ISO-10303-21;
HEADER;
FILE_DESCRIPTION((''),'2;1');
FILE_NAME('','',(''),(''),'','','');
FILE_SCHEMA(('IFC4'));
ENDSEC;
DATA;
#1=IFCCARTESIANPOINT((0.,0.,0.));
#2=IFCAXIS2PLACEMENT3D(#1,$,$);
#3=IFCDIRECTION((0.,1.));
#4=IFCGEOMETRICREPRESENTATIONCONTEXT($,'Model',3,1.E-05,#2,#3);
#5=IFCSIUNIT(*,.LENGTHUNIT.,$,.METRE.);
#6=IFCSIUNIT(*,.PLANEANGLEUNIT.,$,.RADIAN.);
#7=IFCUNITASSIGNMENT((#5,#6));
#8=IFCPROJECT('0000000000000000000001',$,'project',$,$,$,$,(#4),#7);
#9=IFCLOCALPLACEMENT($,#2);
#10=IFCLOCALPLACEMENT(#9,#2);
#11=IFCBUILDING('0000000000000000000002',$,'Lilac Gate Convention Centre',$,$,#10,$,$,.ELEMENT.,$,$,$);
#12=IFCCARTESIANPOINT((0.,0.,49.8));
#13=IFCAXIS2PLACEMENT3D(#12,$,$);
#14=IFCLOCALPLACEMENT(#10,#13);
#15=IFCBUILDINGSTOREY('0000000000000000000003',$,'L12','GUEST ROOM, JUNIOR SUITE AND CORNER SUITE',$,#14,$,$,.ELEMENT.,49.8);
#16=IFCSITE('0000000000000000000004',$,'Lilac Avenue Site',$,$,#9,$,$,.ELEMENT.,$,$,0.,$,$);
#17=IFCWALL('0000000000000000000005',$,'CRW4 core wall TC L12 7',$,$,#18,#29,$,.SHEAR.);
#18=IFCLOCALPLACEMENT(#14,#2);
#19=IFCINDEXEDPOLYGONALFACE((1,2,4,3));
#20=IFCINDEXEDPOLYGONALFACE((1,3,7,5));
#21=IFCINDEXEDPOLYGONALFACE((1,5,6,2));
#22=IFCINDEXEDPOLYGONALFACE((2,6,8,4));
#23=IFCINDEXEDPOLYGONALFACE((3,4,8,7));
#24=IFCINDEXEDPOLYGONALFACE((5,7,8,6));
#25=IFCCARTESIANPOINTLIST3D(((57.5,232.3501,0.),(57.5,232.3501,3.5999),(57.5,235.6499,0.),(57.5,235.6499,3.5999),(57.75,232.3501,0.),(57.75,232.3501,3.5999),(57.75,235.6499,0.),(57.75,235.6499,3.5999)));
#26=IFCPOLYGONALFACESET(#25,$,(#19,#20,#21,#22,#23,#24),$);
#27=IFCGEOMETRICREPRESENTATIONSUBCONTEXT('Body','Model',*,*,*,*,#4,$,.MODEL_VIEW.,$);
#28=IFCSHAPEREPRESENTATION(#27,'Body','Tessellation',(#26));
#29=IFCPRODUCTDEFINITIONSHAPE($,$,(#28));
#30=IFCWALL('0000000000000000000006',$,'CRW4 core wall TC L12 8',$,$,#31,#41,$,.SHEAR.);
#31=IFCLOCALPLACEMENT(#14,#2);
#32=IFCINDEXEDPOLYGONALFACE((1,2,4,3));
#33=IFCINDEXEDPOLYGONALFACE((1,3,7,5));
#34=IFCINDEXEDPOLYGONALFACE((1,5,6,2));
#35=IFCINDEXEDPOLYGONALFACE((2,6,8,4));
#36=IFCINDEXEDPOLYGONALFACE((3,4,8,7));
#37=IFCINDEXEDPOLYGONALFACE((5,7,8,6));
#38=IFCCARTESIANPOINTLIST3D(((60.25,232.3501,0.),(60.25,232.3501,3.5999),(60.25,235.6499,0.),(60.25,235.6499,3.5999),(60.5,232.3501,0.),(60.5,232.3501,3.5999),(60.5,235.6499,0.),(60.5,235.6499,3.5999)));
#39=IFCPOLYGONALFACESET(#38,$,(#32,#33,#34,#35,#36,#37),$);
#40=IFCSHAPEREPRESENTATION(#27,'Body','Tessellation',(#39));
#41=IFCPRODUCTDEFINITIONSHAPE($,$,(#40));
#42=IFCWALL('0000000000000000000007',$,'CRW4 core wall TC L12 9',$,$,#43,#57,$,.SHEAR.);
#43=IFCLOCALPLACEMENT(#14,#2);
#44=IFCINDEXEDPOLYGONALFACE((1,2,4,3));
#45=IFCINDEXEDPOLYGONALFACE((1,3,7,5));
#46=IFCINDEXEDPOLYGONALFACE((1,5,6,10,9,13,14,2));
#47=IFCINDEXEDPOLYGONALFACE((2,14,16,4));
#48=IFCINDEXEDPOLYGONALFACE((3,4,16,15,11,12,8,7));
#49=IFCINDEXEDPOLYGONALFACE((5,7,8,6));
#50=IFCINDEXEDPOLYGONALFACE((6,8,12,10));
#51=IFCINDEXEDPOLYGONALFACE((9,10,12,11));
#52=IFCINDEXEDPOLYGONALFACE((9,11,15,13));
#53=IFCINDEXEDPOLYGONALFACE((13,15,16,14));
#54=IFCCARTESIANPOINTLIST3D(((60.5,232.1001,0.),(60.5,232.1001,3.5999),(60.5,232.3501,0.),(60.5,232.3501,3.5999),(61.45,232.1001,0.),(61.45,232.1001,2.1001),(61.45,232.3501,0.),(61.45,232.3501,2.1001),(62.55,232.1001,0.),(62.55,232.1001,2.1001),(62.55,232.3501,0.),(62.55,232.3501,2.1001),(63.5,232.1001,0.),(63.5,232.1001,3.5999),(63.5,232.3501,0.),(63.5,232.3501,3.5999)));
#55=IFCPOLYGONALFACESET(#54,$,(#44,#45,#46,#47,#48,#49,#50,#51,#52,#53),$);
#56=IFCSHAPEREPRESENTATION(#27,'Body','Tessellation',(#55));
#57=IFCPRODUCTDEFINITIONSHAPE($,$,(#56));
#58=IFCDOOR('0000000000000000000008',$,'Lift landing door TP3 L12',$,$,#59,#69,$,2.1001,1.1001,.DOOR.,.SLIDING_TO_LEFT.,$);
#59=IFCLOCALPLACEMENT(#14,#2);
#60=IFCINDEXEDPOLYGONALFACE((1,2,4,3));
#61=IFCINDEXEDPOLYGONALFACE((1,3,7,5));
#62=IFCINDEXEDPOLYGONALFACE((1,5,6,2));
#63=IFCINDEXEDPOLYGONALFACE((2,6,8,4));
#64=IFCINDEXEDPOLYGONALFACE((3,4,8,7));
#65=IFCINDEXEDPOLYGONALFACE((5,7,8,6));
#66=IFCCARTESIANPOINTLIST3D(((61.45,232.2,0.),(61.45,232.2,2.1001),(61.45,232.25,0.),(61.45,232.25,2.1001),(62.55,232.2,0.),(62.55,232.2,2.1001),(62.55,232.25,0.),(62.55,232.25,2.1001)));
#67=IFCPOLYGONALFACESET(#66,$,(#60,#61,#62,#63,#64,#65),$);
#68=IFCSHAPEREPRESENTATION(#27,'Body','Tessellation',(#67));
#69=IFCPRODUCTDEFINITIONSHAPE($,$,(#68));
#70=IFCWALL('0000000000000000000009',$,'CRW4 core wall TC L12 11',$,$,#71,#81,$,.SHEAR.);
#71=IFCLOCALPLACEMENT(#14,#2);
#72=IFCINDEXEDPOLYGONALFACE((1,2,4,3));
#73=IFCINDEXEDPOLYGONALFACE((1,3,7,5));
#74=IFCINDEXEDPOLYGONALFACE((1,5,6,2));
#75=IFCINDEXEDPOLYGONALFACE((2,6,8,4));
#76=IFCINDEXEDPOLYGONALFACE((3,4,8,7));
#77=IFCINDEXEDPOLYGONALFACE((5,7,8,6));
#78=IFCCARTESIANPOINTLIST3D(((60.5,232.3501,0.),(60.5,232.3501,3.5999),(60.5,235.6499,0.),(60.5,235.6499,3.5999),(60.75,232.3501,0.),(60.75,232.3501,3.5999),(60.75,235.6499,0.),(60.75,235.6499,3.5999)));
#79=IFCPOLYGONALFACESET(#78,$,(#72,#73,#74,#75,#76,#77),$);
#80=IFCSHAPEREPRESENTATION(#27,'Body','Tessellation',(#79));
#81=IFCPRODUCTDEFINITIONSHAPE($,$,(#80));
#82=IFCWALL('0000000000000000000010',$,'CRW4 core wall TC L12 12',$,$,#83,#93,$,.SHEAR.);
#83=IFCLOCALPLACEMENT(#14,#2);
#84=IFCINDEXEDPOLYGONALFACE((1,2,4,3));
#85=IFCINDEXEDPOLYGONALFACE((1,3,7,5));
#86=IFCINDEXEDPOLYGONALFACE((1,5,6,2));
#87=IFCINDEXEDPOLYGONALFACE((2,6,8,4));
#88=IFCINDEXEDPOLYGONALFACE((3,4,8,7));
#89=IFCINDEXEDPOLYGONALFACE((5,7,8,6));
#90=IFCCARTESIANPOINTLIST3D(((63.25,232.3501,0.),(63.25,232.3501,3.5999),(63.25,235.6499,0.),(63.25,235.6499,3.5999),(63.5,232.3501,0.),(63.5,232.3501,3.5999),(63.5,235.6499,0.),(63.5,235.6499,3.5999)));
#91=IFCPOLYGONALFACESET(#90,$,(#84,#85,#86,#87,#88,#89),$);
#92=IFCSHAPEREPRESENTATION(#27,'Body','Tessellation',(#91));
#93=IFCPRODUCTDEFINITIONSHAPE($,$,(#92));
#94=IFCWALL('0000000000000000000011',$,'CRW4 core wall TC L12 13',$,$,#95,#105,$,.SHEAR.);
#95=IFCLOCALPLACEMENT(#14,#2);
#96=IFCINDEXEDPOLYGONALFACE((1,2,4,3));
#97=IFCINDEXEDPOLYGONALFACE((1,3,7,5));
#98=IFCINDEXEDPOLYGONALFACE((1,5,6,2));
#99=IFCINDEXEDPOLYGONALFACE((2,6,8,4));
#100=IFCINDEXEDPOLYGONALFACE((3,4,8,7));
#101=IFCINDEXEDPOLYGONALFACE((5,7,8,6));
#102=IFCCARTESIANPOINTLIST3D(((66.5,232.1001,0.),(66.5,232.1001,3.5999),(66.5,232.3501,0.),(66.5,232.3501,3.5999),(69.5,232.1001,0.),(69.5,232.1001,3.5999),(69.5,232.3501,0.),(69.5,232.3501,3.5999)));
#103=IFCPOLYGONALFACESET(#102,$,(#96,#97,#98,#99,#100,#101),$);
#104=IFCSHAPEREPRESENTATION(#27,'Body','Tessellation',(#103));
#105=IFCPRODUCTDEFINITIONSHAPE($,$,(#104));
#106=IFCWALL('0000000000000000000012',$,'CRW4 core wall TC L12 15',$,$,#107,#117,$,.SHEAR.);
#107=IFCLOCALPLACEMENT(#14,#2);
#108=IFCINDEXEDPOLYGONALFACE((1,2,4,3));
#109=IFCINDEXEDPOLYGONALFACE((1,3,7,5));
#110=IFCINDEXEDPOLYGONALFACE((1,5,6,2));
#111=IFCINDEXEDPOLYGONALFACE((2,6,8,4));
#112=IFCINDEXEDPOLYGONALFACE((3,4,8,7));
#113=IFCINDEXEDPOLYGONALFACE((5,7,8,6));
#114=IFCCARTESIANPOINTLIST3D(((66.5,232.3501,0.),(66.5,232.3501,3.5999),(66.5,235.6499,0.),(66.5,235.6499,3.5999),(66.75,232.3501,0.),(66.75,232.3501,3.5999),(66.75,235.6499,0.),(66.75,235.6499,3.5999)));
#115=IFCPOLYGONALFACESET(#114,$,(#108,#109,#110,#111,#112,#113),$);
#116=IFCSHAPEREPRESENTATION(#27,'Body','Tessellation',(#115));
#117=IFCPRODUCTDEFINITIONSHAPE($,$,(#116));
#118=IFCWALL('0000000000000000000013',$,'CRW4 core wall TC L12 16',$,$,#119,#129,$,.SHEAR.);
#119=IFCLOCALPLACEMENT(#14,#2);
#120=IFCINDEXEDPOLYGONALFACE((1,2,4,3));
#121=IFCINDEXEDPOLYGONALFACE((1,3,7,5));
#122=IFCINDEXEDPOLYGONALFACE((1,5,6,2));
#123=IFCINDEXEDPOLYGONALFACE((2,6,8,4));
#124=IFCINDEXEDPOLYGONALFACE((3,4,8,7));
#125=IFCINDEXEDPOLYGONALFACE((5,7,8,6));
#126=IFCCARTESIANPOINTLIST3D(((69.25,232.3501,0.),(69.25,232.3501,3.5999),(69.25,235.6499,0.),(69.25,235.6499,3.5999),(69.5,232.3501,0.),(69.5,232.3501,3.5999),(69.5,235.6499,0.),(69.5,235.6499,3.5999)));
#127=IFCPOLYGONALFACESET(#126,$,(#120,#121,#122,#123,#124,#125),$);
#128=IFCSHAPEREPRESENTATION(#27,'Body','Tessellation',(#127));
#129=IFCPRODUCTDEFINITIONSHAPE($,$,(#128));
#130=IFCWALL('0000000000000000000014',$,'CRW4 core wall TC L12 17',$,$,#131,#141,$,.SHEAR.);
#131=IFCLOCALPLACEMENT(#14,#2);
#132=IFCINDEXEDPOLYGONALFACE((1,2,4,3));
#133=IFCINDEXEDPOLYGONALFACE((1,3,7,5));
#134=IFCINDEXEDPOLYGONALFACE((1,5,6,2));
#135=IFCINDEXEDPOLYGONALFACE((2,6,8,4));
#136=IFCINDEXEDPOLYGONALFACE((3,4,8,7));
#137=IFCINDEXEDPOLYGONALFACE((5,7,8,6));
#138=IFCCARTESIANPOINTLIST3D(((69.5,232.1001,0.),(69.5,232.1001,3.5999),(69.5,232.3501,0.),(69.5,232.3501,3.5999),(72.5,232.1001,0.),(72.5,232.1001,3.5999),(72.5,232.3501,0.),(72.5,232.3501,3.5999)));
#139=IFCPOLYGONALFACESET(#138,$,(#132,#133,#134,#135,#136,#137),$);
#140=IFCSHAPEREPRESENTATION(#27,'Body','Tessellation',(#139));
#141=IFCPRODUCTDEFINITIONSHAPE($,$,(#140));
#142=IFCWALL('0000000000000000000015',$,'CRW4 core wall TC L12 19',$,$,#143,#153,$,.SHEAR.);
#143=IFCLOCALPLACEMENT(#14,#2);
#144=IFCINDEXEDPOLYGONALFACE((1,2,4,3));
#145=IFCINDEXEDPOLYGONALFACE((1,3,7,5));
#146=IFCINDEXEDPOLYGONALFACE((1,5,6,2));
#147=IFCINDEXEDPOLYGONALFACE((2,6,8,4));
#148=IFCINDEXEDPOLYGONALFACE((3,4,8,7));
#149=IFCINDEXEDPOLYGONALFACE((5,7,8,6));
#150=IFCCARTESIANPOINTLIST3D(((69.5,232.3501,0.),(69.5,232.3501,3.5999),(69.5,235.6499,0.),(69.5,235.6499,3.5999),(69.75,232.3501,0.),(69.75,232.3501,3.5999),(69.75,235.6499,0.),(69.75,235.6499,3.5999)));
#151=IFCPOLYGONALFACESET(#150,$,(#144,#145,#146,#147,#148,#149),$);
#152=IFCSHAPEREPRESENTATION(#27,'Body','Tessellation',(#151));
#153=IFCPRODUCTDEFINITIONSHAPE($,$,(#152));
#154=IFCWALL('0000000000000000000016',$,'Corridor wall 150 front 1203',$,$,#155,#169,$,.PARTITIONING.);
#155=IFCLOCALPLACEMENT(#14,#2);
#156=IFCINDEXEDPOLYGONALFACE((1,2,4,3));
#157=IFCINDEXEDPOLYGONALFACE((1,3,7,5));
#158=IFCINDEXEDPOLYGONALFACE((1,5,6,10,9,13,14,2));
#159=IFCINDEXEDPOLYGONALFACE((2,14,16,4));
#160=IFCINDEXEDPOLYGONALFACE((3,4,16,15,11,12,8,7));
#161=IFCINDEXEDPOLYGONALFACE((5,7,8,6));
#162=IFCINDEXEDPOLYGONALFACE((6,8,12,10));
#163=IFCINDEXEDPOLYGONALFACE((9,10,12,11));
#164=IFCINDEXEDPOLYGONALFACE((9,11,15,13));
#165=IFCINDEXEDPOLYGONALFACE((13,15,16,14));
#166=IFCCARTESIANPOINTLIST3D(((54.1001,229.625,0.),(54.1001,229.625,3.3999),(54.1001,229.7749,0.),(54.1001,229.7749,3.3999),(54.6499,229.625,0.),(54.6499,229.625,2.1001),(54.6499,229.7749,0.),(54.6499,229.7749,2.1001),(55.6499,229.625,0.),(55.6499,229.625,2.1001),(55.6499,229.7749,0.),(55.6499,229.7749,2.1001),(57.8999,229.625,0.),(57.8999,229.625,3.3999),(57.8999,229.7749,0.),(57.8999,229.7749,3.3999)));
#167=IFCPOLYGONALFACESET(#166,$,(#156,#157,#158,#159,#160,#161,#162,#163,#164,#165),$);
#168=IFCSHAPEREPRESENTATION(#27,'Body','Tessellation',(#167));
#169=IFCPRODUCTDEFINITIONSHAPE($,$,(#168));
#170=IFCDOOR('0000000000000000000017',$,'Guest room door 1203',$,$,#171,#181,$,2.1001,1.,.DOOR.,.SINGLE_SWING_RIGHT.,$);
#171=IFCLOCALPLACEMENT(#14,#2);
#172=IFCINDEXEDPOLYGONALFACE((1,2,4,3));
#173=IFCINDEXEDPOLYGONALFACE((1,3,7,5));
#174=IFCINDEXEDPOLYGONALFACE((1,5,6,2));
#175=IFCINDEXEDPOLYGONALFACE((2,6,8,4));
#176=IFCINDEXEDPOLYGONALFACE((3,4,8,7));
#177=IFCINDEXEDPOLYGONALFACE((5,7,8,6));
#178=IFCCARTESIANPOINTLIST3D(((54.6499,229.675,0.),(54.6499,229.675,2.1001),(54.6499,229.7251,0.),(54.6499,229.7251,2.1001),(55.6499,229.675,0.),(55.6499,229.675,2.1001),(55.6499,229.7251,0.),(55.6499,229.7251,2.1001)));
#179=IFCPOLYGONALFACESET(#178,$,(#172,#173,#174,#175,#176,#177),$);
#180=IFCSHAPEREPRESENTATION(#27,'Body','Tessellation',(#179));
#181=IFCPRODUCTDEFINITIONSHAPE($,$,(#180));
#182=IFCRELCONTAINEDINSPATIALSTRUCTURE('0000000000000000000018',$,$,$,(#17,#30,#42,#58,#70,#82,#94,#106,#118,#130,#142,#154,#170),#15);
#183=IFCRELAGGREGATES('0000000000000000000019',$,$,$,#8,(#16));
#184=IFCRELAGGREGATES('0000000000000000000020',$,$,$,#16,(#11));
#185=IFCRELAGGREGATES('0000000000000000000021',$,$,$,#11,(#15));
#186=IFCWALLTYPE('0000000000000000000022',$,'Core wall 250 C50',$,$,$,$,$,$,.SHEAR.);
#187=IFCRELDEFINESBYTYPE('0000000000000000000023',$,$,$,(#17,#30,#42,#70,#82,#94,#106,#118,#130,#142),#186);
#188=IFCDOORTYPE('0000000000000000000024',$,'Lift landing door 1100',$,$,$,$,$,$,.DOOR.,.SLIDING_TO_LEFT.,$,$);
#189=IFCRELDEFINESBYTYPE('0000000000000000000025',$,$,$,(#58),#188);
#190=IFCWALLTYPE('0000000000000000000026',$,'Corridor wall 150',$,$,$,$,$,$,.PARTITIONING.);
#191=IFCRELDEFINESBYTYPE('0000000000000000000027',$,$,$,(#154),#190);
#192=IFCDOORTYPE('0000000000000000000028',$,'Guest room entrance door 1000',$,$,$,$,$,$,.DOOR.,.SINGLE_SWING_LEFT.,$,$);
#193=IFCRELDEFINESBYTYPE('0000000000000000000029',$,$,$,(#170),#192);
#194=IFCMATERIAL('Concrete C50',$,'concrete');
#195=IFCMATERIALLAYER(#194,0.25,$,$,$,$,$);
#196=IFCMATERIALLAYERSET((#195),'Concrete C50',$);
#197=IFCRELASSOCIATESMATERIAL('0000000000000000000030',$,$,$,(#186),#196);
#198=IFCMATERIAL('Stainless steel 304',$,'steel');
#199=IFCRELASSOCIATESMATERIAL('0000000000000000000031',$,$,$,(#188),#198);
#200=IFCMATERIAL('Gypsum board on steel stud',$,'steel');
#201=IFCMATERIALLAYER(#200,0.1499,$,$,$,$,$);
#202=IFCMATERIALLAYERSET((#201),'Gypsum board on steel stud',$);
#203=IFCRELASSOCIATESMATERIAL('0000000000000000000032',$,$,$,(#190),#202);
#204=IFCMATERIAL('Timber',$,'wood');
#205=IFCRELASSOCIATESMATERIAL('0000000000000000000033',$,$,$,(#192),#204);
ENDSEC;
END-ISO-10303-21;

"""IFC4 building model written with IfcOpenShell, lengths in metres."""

from ifc_helpers import new_model, si_unit, direction, frame, frame_2d, origin, place, context, subcontext, project, spatial, rectangle, extrude, material, layer, layer_set, type_object, element, fill, save


model = new_model("IFC4")

# Units and contexts
model_context = context("Model", 3, precision=1e-05, world=origin(), true_north=direction((0.0, 1.0)))
body_context = subcontext(model_context, "Body", "Model", "MODEL_VIEW")
ifc_project = project(units=[si_unit("LENGTHUNIT", "METRE"), si_unit("PLANEANGLEUNIT", "RADIAN")], contexts=[model_context])

# Site, building, storey
site_placement = place(None, origin())
site = spatial("IfcSite", under=ifc_project, at=site_placement, Name="Lilac Avenue Site", CompositionType="ELEMENT", RefElevation=0.0)
building_placement = place(site_placement, origin())
building = spatial("IfcBuilding", under=site, at=building_placement, Name="Lilac Gate Convention Centre", CompositionType="ELEMENT")
storey_placement = place(building_placement, frame((0.0, 0.0, 49.8)))
storey = spatial("IfcBuildingStorey", under=building, at=storey_placement, Name="L12", Description="GUEST ROOM, JUNIOR SUITE AND CORNER SUITE", CompositionType="ELEMENT", Elevation=49.8)

# Walls
ifc_material_1 = material(Name="Concrete C50", Category="concrete")
ifc_layer_1 = layer(ifc_material_1, 0.25)
ifc_layer_set_1 = layer_set([ifc_layer_1], Name="Concrete C50")
wall_type_1 = type_object("IfcWallType", Name="Core wall 250 C50", PredefinedType="SHEAR", material=ifc_layer_set_1)
for number, where, z_axis, x_axis, name in (
    (1, (57.625, 232.3501, 0.0), (0.0, 0.0, 1.0), (0.0, 1.0, 0.0), "CRW4 core wall TC L12 7"),
    (2, (60.375, 232.3501, 0.0), (0.0, 0.0, 1.0), (0.0, 1.0, 0.0), "CRW4 core wall TC L12 8"),
):
    element("IfcWall", number, at=place(storey_placement, frame(where, z_axis=z_axis, x_axis=x_axis)), inside=storey, type_object=wall_type_1, Name=name, PredefinedType="SHEAR", context=body_context, shape_type="SweptSolid", body=[
        extrude(rectangle(XDim=3.2998, YDim=0.25, at=frame_2d((1.6499, 0.0))), origin(), (0.0, 0.0, 1.0), 3.5999),
    ])

# Wall, opening, door
wall_1_placement = place(storey_placement, frame((60.5, 232.2251, 0.0), z_axis=(0.0, 0.0, 1.0), x_axis=(1.0, 0.0, 0.0)))
wall_1 = element("IfcWall", 3, at=wall_1_placement, inside=storey, type_object=wall_type_1, Name="CRW4 core wall TC L12 9", PredefinedType="SHEAR", context=body_context, shape_type="SweptSolid", body=[
    extrude(rectangle(XDim=3.0, YDim=0.25, at=frame_2d((1.5, 0.0))), origin(), (0.0, 0.0, 1.0), 3.5999),
])
opening_1_placement = place(wall_1_placement, frame((0.95, 0.0, 0.0)))
opening_1 = element("IfcOpeningElement", 4, at=opening_1_placement, cuts=wall_1, PredefinedType="OPENING", context=body_context, shape_type="SweptSolid", body=[
    extrude(rectangle(XDim=1.1001, YDim=2.1001, at=frame_2d((0.55, 1.05))), frame((0.0, 0.135, 0.0), z_axis=(0.0, -1.0, 0.0), x_axis=(1.0, 0.0, 0.0)), (0.0, 0.0, 1.0), 0.27),
])
ifc_material_2 = material(Name="Stainless steel 304", Category="steel")
door_type_1 = type_object("IfcDoorType", Name="Lift landing door 1100", OperationType="SLIDING_TO_LEFT", PredefinedType="DOOR", material=ifc_material_2)
door_1_placement = place(opening_1_placement, origin())
door_1 = element("IfcDoor", 5, at=door_1_placement, inside=storey, type_object=door_type_1, Name="Lift landing door TP3 L12", OperationType="SLIDING_TO_LEFT", OverallHeight=2.1001, OverallWidth=1.1001, PredefinedType="DOOR", context=body_context, shape_type="SweptSolid", body=[
    extrude(rectangle(XDim=1.1001, YDim=2.1001, at=frame_2d((0.55, 1.05))), frame((0.0, 0.0249, 0.0), z_axis=(0.0, -1.0, 0.0), x_axis=(1.0, 0.0, 0.0)), (0.0, 0.0, 1.0), 0.05),
])
fill(opening_1, door_1)

# Walls
for number, where, z_axis, x_axis, name in (
    (6, (60.625, 232.3501, 0.0), (0.0, 0.0, 1.0), (0.0, 1.0, 0.0), "CRW4 core wall TC L12 11"),
    (7, (63.375, 232.3501, 0.0), (0.0, 0.0, 1.0), (0.0, 1.0, 0.0), "CRW4 core wall TC L12 12"),
):
    element("IfcWall", number, at=place(storey_placement, frame(where, z_axis=z_axis, x_axis=x_axis)), inside=storey, type_object=wall_type_1, Name=name, PredefinedType="SHEAR", context=body_context, shape_type="SweptSolid", body=[
        extrude(rectangle(XDim=3.2998, YDim=0.25, at=frame_2d((1.6499, 0.0))), origin(), (0.0, 0.0, 1.0), 3.5999),
    ])
wall_2_placement = place(storey_placement, frame((66.5, 232.2251, 0.0), z_axis=(0.0, 0.0, 1.0), x_axis=(1.0, 0.0, 0.0)))
element("IfcWall", 8, at=wall_2_placement, inside=storey, type_object=wall_type_1, Name="CRW4 core wall TC L12 13", PredefinedType="SHEAR", context=body_context, shape_type="SweptSolid", body=[
    extrude(rectangle(XDim=3.0, YDim=0.25, at=frame_2d((1.5, 0.0))), origin(), (0.0, 0.0, 1.0), 3.5999),
])
for number, where, z_axis, x_axis, name in (
    (9, (66.625, 232.3501, 0.0), (0.0, 0.0, 1.0), (0.0, 1.0, 0.0), "CRW4 core wall TC L12 15"),
    (10, (69.375, 232.3501, 0.0), (0.0, 0.0, 1.0), (0.0, 1.0, 0.0), "CRW4 core wall TC L12 16"),
):
    element("IfcWall", number, at=place(storey_placement, frame(where, z_axis=z_axis, x_axis=x_axis)), inside=storey, type_object=wall_type_1, Name=name, PredefinedType="SHEAR", context=body_context, shape_type="SweptSolid", body=[
        extrude(rectangle(XDim=3.2998, YDim=0.25, at=frame_2d((1.6499, 0.0))), origin(), (0.0, 0.0, 1.0), 3.5999),
    ])
wall_3_placement = place(storey_placement, frame((69.5, 232.2251, 0.0), z_axis=(0.0, 0.0, 1.0), x_axis=(1.0, 0.0, 0.0)))
element("IfcWall", 11, at=wall_3_placement, inside=storey, type_object=wall_type_1, Name="CRW4 core wall TC L12 17", PredefinedType="SHEAR", context=body_context, shape_type="SweptSolid", body=[
    extrude(rectangle(XDim=3.0, YDim=0.25, at=frame_2d((1.5, 0.0))), origin(), (0.0, 0.0, 1.0), 3.5999),
])
wall_4_placement = place(storey_placement, frame((69.625, 232.3501, 0.0), z_axis=(0.0, 0.0, 1.0), x_axis=(0.0, 1.0, 0.0)))
element("IfcWall", 12, at=wall_4_placement, inside=storey, type_object=wall_type_1, Name="CRW4 core wall TC L12 19", PredefinedType="SHEAR", context=body_context, shape_type="SweptSolid", body=[
    extrude(rectangle(XDim=3.2998, YDim=0.25, at=frame_2d((1.6499, 0.0))), origin(), (0.0, 0.0, 1.0), 3.5999),
])

# Wall, opening, door
ifc_material_3 = material(Name="Gypsum board on steel stud", Category="steel")
ifc_layer_2 = layer(ifc_material_3, 0.1499)
ifc_layer_set_2 = layer_set([ifc_layer_2], Name="Gypsum board on steel stud")
wall_type_2 = type_object("IfcWallType", Name="Corridor wall 150", PredefinedType="PARTITIONING", material=ifc_layer_set_2)
wall_5_placement = place(storey_placement, frame((57.8999, 229.7, 0.0), z_axis=(0.0, 0.0, 1.0), x_axis=(-1.0, 0.0, 0.0)))
wall_5 = element("IfcWall", 13, at=wall_5_placement, inside=storey, type_object=wall_type_2, Name="Corridor wall 150 front 1203", PredefinedType="PARTITIONING", context=body_context, shape_type="SweptSolid", body=[
    extrude(rectangle(XDim=3.7998, YDim=0.1499, at=frame_2d((1.8999, 0.0))), origin(), (0.0, 0.0, 1.0), 3.3999),
])
opening_2_placement = place(wall_5_placement, frame((2.25, 0.0, 0.0)))
opening_2 = element("IfcOpeningElement", 14, at=opening_2_placement, cuts=wall_5, PredefinedType="OPENING", context=body_context, shape_type="SweptSolid", body=[
    extrude(rectangle(XDim=1.0, YDim=2.1001, at=frame_2d((0.5, 1.05))), frame((0.0, 0.085, 0.0), z_axis=(0.0, -1.0, 0.0), x_axis=(1.0, 0.0, 0.0)), (0.0, 0.0, 1.0), 0.1699),
])
ifc_material_4 = material(Name="Timber", Category="wood")
door_type_2 = type_object("IfcDoorType", Name="Guest room entrance door 1000", OperationType="SINGLE_SWING_LEFT", PredefinedType="DOOR", material=ifc_material_4)
door_2_placement = place(opening_2_placement, origin())
door_2 = element("IfcDoor", 15, at=door_2_placement, inside=storey, type_object=door_type_2, Name="Guest room door 1203", OperationType="SINGLE_SWING_RIGHT", OverallHeight=2.1001, OverallWidth=1.0, PredefinedType="DOOR", context=body_context, shape_type="SweptSolid", body=[
    extrude(rectangle(XDim=1.0, YDim=2.1001, at=frame_2d((0.5, 1.05))), frame((0.0, 0.0249, 0.0), z_axis=(0.0, -1.0, 0.0), x_axis=(1.0, 0.0, 0.0)), (0.0, 0.0, 1.0), 0.05),
])
fill(opening_2, door_2)

save(model, "model.ifc")
